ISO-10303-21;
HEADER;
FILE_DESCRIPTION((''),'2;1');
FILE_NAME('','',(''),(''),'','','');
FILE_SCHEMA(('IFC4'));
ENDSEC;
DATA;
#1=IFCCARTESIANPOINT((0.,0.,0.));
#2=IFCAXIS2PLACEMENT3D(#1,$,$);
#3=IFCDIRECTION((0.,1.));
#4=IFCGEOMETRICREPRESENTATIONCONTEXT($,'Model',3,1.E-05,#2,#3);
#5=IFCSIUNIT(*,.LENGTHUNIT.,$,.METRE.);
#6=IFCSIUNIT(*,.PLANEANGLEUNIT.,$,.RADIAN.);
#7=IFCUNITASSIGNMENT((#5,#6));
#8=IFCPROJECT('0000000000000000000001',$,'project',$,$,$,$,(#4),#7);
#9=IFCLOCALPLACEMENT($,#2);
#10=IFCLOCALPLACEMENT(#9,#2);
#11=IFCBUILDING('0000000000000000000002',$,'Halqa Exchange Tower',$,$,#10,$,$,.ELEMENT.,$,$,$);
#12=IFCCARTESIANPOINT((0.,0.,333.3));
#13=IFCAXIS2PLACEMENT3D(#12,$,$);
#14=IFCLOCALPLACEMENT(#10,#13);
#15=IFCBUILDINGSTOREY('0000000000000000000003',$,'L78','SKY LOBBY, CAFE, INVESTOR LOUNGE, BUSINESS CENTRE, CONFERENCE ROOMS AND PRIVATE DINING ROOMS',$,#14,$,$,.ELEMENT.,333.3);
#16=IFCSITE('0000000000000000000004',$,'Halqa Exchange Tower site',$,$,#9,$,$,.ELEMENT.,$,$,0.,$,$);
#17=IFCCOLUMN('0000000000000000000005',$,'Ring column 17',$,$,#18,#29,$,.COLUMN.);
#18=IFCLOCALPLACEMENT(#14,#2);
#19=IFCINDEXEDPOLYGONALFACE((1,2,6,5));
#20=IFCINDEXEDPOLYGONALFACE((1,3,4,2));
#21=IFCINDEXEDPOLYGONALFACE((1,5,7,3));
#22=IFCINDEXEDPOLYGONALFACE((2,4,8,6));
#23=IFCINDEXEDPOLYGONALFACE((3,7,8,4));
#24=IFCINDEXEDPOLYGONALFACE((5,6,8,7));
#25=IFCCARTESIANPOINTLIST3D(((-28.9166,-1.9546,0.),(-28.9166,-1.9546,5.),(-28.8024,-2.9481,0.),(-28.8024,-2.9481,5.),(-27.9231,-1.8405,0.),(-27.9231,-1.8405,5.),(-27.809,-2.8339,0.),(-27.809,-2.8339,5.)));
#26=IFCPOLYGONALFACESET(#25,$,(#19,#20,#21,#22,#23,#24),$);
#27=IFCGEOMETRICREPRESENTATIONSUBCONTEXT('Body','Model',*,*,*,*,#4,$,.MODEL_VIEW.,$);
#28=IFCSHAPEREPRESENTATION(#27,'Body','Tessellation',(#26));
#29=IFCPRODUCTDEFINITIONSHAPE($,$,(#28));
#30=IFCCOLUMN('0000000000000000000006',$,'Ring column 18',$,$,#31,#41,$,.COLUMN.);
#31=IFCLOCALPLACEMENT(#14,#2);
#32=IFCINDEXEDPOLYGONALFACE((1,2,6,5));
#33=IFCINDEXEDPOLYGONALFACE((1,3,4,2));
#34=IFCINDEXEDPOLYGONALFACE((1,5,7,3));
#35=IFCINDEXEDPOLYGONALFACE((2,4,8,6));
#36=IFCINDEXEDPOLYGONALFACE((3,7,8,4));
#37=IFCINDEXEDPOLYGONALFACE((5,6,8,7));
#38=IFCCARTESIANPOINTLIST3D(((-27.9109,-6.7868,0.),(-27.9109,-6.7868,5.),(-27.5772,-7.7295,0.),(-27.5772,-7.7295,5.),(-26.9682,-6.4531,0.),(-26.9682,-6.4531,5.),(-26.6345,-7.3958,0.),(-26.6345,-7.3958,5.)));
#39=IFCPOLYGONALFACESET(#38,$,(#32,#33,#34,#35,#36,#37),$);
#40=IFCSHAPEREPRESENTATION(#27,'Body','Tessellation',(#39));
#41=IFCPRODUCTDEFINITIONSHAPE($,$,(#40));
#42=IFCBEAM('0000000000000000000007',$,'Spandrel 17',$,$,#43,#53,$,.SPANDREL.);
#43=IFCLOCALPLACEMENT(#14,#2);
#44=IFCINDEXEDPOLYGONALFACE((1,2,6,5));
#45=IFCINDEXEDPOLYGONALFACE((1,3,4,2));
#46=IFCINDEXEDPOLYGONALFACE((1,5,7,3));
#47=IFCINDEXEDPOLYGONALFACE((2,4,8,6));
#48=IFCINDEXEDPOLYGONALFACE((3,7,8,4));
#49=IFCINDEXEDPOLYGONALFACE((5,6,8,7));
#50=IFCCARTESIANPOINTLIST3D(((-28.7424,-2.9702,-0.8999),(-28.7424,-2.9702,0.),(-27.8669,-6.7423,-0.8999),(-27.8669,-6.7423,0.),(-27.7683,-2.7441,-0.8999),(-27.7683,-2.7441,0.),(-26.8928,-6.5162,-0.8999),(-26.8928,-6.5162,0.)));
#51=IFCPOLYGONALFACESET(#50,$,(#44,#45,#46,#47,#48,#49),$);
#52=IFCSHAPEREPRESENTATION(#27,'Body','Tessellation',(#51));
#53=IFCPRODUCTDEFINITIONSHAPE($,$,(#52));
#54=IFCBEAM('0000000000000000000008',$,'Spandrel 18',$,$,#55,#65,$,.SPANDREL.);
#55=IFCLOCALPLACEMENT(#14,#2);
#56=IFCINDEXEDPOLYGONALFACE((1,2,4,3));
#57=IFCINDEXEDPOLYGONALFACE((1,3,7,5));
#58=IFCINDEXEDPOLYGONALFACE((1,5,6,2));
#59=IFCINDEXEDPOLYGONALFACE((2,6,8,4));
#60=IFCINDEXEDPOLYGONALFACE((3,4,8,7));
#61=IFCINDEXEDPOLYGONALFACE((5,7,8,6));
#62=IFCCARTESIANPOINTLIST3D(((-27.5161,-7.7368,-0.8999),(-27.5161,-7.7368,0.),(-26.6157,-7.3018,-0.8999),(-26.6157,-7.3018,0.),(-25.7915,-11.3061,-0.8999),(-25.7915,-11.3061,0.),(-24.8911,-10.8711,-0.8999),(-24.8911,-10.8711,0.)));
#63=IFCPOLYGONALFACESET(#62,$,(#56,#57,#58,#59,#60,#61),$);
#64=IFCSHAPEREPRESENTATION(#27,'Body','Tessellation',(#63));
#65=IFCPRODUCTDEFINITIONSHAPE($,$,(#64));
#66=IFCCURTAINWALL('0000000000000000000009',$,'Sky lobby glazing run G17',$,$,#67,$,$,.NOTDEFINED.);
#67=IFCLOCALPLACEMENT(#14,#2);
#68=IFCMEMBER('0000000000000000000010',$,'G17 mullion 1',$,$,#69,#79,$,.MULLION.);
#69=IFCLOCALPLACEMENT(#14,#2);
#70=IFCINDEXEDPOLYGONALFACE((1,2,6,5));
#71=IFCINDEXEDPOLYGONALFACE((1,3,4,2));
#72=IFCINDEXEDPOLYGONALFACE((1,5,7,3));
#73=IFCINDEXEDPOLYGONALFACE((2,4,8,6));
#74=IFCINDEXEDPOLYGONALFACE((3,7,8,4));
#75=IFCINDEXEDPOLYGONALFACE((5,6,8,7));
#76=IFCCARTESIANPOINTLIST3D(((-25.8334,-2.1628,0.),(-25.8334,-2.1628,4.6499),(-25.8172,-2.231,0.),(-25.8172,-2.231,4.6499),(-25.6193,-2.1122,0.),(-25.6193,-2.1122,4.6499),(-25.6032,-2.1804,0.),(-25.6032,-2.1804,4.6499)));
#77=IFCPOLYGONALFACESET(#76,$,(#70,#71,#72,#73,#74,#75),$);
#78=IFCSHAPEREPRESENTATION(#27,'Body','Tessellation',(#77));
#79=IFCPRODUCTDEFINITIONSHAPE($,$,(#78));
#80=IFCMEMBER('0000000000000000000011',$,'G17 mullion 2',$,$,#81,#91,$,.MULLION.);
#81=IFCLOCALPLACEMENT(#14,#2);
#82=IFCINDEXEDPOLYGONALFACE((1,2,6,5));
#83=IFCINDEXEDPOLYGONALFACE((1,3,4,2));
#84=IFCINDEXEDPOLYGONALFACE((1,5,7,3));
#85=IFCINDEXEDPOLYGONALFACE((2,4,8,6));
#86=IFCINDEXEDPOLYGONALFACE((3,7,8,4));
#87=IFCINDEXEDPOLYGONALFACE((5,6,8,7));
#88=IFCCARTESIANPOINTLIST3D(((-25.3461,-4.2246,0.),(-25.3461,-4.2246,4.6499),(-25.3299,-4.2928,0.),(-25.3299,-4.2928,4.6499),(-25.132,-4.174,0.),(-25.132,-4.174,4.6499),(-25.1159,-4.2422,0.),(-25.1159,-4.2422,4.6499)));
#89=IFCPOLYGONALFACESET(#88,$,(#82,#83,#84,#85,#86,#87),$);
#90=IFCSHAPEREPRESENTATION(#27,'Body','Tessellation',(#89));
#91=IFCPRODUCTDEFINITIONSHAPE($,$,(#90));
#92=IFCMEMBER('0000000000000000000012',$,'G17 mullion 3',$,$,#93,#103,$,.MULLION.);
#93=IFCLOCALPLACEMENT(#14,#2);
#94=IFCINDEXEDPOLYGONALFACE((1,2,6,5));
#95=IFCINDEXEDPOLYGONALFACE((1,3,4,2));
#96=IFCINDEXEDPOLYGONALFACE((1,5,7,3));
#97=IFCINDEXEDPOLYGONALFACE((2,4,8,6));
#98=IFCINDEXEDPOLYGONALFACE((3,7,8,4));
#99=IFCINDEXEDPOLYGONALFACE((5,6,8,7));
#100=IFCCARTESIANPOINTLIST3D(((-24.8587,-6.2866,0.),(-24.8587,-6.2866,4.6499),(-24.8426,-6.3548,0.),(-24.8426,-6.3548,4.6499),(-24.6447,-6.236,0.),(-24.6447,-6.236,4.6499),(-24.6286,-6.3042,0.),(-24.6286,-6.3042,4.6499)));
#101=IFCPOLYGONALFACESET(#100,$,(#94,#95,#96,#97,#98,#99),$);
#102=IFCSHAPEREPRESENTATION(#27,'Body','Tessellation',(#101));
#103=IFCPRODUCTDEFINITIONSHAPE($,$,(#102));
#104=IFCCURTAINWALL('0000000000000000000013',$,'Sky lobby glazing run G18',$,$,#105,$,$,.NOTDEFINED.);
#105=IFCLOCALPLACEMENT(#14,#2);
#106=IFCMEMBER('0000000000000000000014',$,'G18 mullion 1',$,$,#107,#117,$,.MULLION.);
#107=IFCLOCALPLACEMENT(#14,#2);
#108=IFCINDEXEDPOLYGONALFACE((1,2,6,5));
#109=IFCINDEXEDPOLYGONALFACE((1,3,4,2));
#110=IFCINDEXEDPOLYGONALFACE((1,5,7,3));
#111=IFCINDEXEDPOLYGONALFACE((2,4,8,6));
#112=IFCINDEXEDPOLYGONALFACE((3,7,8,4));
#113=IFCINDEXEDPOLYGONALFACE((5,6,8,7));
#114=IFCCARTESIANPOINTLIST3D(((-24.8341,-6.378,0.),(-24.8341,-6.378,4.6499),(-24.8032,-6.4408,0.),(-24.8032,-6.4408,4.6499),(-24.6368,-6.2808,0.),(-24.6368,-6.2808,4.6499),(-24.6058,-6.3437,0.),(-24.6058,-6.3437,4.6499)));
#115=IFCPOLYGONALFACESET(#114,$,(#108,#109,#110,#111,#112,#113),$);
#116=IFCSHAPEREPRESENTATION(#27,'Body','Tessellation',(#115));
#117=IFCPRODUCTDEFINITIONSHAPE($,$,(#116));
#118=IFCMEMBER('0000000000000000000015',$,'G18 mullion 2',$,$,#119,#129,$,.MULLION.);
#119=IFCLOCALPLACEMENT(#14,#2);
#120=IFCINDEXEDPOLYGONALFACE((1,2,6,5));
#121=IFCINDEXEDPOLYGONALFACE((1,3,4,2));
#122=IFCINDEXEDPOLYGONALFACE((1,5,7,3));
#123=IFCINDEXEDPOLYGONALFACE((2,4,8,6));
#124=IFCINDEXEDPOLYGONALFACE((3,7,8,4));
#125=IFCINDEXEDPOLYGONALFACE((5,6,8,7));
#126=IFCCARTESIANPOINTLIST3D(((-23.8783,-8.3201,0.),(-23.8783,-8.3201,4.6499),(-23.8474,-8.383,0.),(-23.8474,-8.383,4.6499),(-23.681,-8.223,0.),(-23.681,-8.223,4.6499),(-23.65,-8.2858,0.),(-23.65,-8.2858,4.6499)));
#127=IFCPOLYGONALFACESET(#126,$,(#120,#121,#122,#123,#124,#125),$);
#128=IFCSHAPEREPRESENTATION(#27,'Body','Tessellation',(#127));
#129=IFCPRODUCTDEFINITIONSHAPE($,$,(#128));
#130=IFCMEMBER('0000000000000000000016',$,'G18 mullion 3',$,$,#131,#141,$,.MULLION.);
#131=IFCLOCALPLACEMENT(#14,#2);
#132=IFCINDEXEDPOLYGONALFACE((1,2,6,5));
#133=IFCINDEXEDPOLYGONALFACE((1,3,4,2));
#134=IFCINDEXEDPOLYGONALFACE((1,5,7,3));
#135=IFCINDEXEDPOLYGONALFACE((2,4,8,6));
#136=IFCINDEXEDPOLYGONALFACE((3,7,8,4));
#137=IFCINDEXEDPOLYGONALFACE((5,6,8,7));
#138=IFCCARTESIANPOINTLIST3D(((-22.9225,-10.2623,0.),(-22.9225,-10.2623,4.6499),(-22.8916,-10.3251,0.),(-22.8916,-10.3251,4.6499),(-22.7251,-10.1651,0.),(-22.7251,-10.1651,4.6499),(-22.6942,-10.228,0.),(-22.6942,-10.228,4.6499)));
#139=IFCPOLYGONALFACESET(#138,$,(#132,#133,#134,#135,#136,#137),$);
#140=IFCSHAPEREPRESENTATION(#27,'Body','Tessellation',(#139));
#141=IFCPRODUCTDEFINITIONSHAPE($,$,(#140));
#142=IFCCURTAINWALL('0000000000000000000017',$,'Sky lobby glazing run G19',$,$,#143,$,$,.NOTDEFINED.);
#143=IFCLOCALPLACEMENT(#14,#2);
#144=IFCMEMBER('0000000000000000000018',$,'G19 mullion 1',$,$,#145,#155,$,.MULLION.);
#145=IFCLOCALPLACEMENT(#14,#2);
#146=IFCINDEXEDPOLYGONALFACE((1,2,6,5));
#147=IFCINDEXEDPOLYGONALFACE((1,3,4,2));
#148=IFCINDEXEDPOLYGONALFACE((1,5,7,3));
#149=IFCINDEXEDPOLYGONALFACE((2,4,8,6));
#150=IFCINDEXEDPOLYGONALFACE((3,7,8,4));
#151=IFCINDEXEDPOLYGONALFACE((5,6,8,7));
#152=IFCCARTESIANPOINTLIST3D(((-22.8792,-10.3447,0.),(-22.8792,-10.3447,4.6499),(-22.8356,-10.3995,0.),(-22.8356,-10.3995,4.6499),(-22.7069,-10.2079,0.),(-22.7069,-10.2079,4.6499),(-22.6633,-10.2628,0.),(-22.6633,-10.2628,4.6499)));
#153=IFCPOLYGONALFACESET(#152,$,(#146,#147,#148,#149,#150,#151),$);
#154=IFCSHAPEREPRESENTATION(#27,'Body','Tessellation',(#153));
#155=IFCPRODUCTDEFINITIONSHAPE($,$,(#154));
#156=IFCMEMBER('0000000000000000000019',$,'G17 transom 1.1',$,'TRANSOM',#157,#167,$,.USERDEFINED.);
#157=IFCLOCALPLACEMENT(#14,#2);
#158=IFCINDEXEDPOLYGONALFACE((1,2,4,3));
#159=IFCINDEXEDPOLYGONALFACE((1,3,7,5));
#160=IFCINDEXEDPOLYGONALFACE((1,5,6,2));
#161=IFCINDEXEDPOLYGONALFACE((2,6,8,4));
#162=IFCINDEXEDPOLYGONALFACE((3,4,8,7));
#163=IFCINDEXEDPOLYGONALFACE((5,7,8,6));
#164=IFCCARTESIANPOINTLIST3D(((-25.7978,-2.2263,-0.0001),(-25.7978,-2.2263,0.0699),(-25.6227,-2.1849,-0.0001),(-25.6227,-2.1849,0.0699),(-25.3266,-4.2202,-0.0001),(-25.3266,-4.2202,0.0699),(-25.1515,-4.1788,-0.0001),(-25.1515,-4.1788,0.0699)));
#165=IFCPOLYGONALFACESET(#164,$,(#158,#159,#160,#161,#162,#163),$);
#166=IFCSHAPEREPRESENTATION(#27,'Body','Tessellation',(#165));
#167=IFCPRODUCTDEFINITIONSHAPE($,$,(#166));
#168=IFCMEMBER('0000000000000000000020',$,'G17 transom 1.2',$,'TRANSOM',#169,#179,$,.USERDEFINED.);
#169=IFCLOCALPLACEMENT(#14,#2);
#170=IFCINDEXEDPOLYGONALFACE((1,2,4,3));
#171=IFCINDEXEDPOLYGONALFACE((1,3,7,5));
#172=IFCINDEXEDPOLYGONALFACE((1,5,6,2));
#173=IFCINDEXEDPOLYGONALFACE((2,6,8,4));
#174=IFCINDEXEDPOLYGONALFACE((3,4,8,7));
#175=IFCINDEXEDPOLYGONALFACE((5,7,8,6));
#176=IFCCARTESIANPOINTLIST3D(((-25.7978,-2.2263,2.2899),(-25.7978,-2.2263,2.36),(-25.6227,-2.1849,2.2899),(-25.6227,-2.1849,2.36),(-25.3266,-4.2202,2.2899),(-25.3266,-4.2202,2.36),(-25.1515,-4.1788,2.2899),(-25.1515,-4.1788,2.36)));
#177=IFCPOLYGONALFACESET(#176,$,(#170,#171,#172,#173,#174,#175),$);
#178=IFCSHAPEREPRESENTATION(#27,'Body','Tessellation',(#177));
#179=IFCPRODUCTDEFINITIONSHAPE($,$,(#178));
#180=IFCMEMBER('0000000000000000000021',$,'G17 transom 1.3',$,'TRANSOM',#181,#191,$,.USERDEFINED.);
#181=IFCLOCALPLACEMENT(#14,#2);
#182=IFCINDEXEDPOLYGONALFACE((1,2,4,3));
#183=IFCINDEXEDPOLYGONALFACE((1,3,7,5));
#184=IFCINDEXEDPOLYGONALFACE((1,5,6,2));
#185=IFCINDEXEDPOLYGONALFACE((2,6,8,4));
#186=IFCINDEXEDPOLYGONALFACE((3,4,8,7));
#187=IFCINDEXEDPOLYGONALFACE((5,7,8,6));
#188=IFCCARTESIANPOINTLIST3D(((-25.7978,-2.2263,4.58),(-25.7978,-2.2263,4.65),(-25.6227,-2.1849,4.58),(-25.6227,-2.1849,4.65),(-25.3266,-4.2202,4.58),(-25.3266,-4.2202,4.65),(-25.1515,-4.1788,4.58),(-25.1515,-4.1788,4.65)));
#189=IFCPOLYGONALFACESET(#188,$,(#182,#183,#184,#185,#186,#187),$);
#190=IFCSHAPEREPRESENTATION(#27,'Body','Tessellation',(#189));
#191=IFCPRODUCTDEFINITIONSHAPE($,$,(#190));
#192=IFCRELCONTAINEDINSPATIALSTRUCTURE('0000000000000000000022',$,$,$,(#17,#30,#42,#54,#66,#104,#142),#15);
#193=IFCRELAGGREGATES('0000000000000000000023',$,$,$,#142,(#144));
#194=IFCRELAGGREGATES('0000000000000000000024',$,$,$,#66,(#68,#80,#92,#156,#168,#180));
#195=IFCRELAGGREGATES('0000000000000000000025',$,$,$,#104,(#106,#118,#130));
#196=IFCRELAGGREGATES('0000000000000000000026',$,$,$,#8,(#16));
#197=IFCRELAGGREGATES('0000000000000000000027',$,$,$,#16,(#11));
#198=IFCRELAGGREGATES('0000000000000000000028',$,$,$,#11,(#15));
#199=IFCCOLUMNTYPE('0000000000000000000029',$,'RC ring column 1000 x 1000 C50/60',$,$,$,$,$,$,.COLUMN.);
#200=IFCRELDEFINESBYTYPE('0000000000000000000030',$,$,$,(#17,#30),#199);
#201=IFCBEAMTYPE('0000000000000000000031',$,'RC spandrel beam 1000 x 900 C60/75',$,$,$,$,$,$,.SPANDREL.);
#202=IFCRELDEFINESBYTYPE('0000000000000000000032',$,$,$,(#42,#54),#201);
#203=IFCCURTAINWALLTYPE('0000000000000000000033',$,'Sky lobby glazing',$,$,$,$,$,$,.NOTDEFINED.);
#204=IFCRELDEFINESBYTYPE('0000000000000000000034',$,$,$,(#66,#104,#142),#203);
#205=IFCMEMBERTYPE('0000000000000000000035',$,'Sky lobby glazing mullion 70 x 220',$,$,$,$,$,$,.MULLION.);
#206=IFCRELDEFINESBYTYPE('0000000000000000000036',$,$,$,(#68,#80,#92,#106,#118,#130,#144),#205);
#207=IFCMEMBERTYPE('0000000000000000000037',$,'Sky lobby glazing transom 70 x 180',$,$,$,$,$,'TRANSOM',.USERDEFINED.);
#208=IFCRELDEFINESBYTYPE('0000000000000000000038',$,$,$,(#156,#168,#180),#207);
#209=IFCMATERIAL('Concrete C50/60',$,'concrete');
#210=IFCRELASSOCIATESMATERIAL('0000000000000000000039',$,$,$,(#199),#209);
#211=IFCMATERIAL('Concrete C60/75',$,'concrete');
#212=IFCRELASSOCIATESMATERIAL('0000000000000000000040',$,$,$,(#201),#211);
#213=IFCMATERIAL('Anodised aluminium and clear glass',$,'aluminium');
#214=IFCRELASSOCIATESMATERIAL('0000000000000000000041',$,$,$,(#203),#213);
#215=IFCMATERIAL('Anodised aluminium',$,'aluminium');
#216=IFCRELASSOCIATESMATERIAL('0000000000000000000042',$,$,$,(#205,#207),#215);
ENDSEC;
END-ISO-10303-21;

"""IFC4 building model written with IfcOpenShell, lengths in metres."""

from ifc_helpers import new_model, si_unit, direction, frame, origin, origin_2d, place, context, subcontext, project, spatial, rectangle, extrude, material, material_profile, profile_set, type_object, element, aggregate, save


model = new_model("IFC4")

# Units and contexts
model_context = context("Model", 3, precision=1e-05, world=origin(), true_north=direction((0.0, 1.0)))
body_context = subcontext(model_context, "Body", "Model", "MODEL_VIEW")
ifc_project = project(units=[si_unit("LENGTHUNIT", "METRE"), si_unit("PLANEANGLEUNIT", "RADIAN")], contexts=[model_context])

# Site, building, storey
site_placement = place(None, origin())
site = spatial("IfcSite", under=ifc_project, at=site_placement, Name="Halqa Exchange Tower site", CompositionType="ELEMENT", RefElevation=0.0)
building_placement = place(site_placement, origin())
building = spatial("IfcBuilding", under=site, at=building_placement, Name="Halqa Exchange Tower", CompositionType="ELEMENT")
storey_placement = place(building_placement, frame((0.0, 0.0, 333.3)))
storey = spatial("IfcBuildingStorey", under=building, at=storey_placement, Name="L78", Description="SKY LOBBY, CAFE, INVESTOR LOUNGE, BUSINESS CENTRE, CONFERENCE ROOMS AND PRIVATE DINING ROOMS", CompositionType="ELEMENT", Elevation=333.3)

# Columns
ifc_material_1 = material(Name="Concrete C50/60", Category="concrete")
ifc_material_profile_1 = material_profile(ifc_material_1, rectangle(XDim=1.0, YDim=1.0, at=origin_2d()), Name="1000 x 1000")
ifc_profile_set_1 = profile_set([ifc_material_profile_1], Name="Concrete C50/60")
column_type = type_object("IfcColumnType", Name="RC ring column 1000 x 1000 C50/60", PredefinedType="COLUMN", material=ifc_profile_set_1)
for number, where, z_axis, x_axis, name in (
    (1, (-28.3628, -2.3943, 0.0), (0.0, 0.0, 1.0), (0.11416, -0.993462, 0.0), "Ring column 17"),
    (2, (-27.2727, -7.0913, 0.0), (0.0, 0.0, 1.0), (0.333624, -0.942706, 0.0), "Ring column 18"),
):
    element("IfcColumn", number, at=place(storey_placement, frame(where, z_axis=z_axis, x_axis=x_axis)), inside=storey, type_object=column_type, Name=name, PredefinedType="COLUMN", context=body_context, shape_type="SweptSolid", body=[
        extrude(rectangle(XDim=1.0, YDim=1.0, at=origin_2d()), origin(), (0.0, 0.0, 1.0), 5.0),
    ])

# Beams
ifc_material_2 = material(Name="Concrete C60/75", Category="concrete")
ifc_material_profile_2 = material_profile(ifc_material_2, rectangle(XDim=1.0, YDim=0.8999, at=origin_2d()), Name="1000 x 900")
ifc_profile_set_2 = profile_set([ifc_material_profile_2], Name="Concrete C60/75")
beam_type = type_object("IfcBeamType", Name="RC spandrel beam 1000 x 900 C60/75", PredefinedType="SPANDREL", material=ifc_profile_set_2)
beam_1_placement = place(storey_placement, frame((-28.2554, -2.8572, -0.45), z_axis=(0.226093, -0.974106, 0.0), x_axis=(0.974106, 0.226093, 0.0)))
element("IfcBeam", 3, at=beam_1_placement, inside=storey, type_object=beam_type, Name="Spandrel 17", PredefinedType="SPANDREL", context=body_context, shape_type="SweptSolid", body=[
    extrude(rectangle(XDim=1.0, YDim=0.8999, at=origin_2d()), origin(), (0.0, 0.0, 1.0), 3.8723),
])
beam_2_placement = place(storey_placement, frame((-27.0659, -7.5193, -0.45), z_axis=(0.435052, -0.900405, 0.0), x_axis=(0.900405, 0.435052, 0.0)))
element("IfcBeam", 4, at=beam_2_placement, inside=storey, type_object=beam_type, Name="Spandrel 18", PredefinedType="SPANDREL", context=body_context, shape_type="SweptSolid", body=[
    extrude(rectangle(XDim=1.0, YDim=0.8999, at=origin_2d()), origin(), (0.0, 0.0, 1.0), 3.9641),
])

# Curtain walls, members
ifc_material_3 = material(Name="Anodised aluminium and clear glass", Category="aluminium")
curtain_wall_type = type_object("IfcCurtainWallType", Name="Sky lobby glazing", PredefinedType="NOTDEFINED", material=ifc_material_3)
curtain_wall_1_placement = place(storey_placement, origin())
curtain_wall_1 = element("IfcCurtainWall", 5, at=curtain_wall_1_placement, inside=storey, type_object=curtain_wall_type, Name="Sky lobby glazing run G17", PredefinedType="NOTDEFINED")
ifc_material_4 = material(Name="Anodised aluminium", Category="aluminium")
ifc_material_profile_3 = material_profile(ifc_material_4, rectangle(XDim=0.22, YDim=0.0701, at=origin_2d()), Name="AL 70x220")
ifc_profile_set_3 = profile_set([ifc_material_profile_3], Name="Anodised aluminium")
member_type_1 = type_object("IfcMemberType", Name="Sky lobby glazing mullion 70 x 220", PredefinedType="MULLION", material=ifc_profile_set_3)
member_1_placement = place(storey_placement, frame((-25.7183, -2.1716, 0.0), z_axis=(0.0, 0.0, 1.0), x_axis=(0.973192, 0.229995, 0.0)))
member_1 = element("IfcMember", 6, at=member_1_placement, type_object=member_type_1, Name="G17 mullion 1", PredefinedType="MULLION", context=body_context, shape_type="SweptSolid", body=[
    extrude(rectangle(XDim=0.22, YDim=0.0701, at=origin_2d()), origin(), (0.0, 0.0, 1.0), 4.6499),
])
member_2_placement = place(storey_placement, frame((-25.231, -4.2334, 0.0), z_axis=(0.0, 0.0, 1.0), x_axis=(0.973192, 0.229995, 0.0)))
member_2 = element("IfcMember", 7, at=member_2_placement, type_object=member_type_1, Name="G17 mullion 2", PredefinedType="MULLION", context=body_context, shape_type="SweptSolid", body=[
    extrude(rectangle(XDim=0.22, YDim=0.0701, at=origin_2d()), origin(), (0.0, 0.0, 1.0), 4.6499),
])
member_3_placement = place(storey_placement, frame((-24.7437, -6.2954, 0.0), z_axis=(0.0, 0.0, 1.0), x_axis=(0.973192, 0.229995, 0.0)))
member_3 = element("IfcMember", 8, at=member_3_placement, type_object=member_type_1, Name="G17 mullion 3", PredefinedType="MULLION", context=body_context, shape_type="SweptSolid", body=[
    extrude(rectangle(XDim=0.22, YDim=0.0701, at=origin_2d()), origin(), (0.0, 0.0, 1.0), 4.6499),
])
curtain_wall_2_placement = place(storey_placement, origin())
curtain_wall_2 = element("IfcCurtainWall", 9, at=curtain_wall_2_placement, inside=storey, type_object=curtain_wall_type, Name="Sky lobby glazing run G18", PredefinedType="NOTDEFINED")
member_4_placement = place(storey_placement, frame((-24.72, -6.3608, 0.0), z_axis=(0.0, 0.0, 1.0), x_axis=(0.897215, 0.441595, 0.0)))
member_4 = element("IfcMember", 10, at=member_4_placement, type_object=member_type_1, Name="G18 mullion 1", PredefinedType="MULLION", context=body_context, shape_type="SweptSolid", body=[
    extrude(rectangle(XDim=0.22, YDim=0.0701, at=origin_2d()), origin(), (0.0, 0.0, 1.0), 4.6499),
])
member_5_placement = place(storey_placement, frame((-23.7642, -8.303, 0.0), z_axis=(0.0, 0.0, 1.0), x_axis=(0.897215, 0.441595, 0.0)))
member_5 = element("IfcMember", 11, at=member_5_placement, type_object=member_type_1, Name="G18 mullion 2", PredefinedType="MULLION", context=body_context, shape_type="SweptSolid", body=[
    extrude(rectangle(XDim=0.22, YDim=0.0701, at=origin_2d()), origin(), (0.0, 0.0, 1.0), 4.6499),
])
member_6_placement = place(storey_placement, frame((-22.8083, -10.2451, 0.0), z_axis=(0.0, 0.0, 1.0), x_axis=(0.897215, 0.441595, 0.0)))
member_6 = element("IfcMember", 12, at=member_6_placement, type_object=member_type_1, Name="G18 mullion 3", PredefinedType="MULLION", context=body_context, shape_type="SweptSolid", body=[
    extrude(rectangle(XDim=0.22, YDim=0.0701, at=origin_2d()), origin(), (0.0, 0.0, 1.0), 4.6499),
])

# Curtain wall, member
curtain_wall_3_placement = place(storey_placement, origin())
curtain_wall_3 = element("IfcCurtainWall", 13, at=curtain_wall_3_placement, inside=storey, type_object=curtain_wall_type, Name="Sky lobby glazing run G19", PredefinedType="NOTDEFINED")
member_7_placement = place(storey_placement, frame((-22.7712, -10.3037, 0.0), z_axis=(0.0, 0.0, 1.0), x_axis=(0.783162, 0.621817, 0.0)))
member_7 = element("IfcMember", 14, at=member_7_placement, type_object=member_type_1, Name="G19 mullion 1", PredefinedType="MULLION", context=body_context, shape_type="SweptSolid", body=[
    extrude(rectangle(XDim=0.22, YDim=0.0701, at=origin_2d()), origin(), (0.0, 0.0, 1.0), 4.6499),
])
aggregate(curtain_wall_3, [member_7])

# Members
ifc_material_profile_4 = material_profile(ifc_material_4, rectangle(XDim=0.1799, YDim=0.0701, at=origin_2d()), Name="AL 70x180")
ifc_profile_set_4 = profile_set([ifc_material_profile_4], Name="Anodised aluminium")
member_type_2 = type_object("IfcMemberType", Name="Sky lobby glazing transom 70 x 180", ElementType="TRANSOM", PredefinedType="USERDEFINED", material=ifc_profile_set_4)
member_8_placement = place(storey_placement, frame((-25.7102, -2.2056, 0.0349), z_axis=(0.229982, -0.973195, 0.0), x_axis=(0.973195, 0.229982, 0.0)))
member_8 = element("IfcMember", 15, at=member_8_placement, type_object=member_type_2, Name="G17 transom 1.1", ObjectType="TRANSOM", PredefinedType="USERDEFINED", context=body_context, shape_type="SweptSolid", body=[
    extrude(rectangle(XDim=0.1799, YDim=0.0701, at=origin_2d()), origin(), (0.0, 0.0, 1.0), 2.0488),
])
member_9_placement = place(storey_placement, frame((-25.7102, -2.2056, 2.325), z_axis=(0.229982, -0.973195, 0.0), x_axis=(0.973195, 0.229982, 0.0)))
member_9 = element("IfcMember", 16, at=member_9_placement, type_object=member_type_2, Name="G17 transom 1.2", ObjectType="TRANSOM", PredefinedType="USERDEFINED", context=body_context, shape_type="SweptSolid", body=[
    extrude(rectangle(XDim=0.1799, YDim=0.0701, at=origin_2d()), origin(), (0.0, 0.0, 1.0), 2.0488),
])
member_10_placement = place(storey_placement, frame((-25.7102, -2.2056, 4.615), z_axis=(0.229982, -0.973195, 0.0), x_axis=(0.973195, 0.229982, 0.0)))
member_10 = element("IfcMember", 17, at=member_10_placement, type_object=member_type_2, Name="G17 transom 1.3", ObjectType="TRANSOM", PredefinedType="USERDEFINED", context=body_context, shape_type="SweptSolid", body=[
    extrude(rectangle(XDim=0.1799, YDim=0.0701, at=origin_2d()), origin(), (0.0, 0.0, 1.0), 2.0488),
])

aggregate(curtain_wall_1, [member_1, member_2, member_3, member_8, member_9, member_10])
aggregate(curtain_wall_2, [member_4, member_5, member_6])

save(model, "model.ifc")
